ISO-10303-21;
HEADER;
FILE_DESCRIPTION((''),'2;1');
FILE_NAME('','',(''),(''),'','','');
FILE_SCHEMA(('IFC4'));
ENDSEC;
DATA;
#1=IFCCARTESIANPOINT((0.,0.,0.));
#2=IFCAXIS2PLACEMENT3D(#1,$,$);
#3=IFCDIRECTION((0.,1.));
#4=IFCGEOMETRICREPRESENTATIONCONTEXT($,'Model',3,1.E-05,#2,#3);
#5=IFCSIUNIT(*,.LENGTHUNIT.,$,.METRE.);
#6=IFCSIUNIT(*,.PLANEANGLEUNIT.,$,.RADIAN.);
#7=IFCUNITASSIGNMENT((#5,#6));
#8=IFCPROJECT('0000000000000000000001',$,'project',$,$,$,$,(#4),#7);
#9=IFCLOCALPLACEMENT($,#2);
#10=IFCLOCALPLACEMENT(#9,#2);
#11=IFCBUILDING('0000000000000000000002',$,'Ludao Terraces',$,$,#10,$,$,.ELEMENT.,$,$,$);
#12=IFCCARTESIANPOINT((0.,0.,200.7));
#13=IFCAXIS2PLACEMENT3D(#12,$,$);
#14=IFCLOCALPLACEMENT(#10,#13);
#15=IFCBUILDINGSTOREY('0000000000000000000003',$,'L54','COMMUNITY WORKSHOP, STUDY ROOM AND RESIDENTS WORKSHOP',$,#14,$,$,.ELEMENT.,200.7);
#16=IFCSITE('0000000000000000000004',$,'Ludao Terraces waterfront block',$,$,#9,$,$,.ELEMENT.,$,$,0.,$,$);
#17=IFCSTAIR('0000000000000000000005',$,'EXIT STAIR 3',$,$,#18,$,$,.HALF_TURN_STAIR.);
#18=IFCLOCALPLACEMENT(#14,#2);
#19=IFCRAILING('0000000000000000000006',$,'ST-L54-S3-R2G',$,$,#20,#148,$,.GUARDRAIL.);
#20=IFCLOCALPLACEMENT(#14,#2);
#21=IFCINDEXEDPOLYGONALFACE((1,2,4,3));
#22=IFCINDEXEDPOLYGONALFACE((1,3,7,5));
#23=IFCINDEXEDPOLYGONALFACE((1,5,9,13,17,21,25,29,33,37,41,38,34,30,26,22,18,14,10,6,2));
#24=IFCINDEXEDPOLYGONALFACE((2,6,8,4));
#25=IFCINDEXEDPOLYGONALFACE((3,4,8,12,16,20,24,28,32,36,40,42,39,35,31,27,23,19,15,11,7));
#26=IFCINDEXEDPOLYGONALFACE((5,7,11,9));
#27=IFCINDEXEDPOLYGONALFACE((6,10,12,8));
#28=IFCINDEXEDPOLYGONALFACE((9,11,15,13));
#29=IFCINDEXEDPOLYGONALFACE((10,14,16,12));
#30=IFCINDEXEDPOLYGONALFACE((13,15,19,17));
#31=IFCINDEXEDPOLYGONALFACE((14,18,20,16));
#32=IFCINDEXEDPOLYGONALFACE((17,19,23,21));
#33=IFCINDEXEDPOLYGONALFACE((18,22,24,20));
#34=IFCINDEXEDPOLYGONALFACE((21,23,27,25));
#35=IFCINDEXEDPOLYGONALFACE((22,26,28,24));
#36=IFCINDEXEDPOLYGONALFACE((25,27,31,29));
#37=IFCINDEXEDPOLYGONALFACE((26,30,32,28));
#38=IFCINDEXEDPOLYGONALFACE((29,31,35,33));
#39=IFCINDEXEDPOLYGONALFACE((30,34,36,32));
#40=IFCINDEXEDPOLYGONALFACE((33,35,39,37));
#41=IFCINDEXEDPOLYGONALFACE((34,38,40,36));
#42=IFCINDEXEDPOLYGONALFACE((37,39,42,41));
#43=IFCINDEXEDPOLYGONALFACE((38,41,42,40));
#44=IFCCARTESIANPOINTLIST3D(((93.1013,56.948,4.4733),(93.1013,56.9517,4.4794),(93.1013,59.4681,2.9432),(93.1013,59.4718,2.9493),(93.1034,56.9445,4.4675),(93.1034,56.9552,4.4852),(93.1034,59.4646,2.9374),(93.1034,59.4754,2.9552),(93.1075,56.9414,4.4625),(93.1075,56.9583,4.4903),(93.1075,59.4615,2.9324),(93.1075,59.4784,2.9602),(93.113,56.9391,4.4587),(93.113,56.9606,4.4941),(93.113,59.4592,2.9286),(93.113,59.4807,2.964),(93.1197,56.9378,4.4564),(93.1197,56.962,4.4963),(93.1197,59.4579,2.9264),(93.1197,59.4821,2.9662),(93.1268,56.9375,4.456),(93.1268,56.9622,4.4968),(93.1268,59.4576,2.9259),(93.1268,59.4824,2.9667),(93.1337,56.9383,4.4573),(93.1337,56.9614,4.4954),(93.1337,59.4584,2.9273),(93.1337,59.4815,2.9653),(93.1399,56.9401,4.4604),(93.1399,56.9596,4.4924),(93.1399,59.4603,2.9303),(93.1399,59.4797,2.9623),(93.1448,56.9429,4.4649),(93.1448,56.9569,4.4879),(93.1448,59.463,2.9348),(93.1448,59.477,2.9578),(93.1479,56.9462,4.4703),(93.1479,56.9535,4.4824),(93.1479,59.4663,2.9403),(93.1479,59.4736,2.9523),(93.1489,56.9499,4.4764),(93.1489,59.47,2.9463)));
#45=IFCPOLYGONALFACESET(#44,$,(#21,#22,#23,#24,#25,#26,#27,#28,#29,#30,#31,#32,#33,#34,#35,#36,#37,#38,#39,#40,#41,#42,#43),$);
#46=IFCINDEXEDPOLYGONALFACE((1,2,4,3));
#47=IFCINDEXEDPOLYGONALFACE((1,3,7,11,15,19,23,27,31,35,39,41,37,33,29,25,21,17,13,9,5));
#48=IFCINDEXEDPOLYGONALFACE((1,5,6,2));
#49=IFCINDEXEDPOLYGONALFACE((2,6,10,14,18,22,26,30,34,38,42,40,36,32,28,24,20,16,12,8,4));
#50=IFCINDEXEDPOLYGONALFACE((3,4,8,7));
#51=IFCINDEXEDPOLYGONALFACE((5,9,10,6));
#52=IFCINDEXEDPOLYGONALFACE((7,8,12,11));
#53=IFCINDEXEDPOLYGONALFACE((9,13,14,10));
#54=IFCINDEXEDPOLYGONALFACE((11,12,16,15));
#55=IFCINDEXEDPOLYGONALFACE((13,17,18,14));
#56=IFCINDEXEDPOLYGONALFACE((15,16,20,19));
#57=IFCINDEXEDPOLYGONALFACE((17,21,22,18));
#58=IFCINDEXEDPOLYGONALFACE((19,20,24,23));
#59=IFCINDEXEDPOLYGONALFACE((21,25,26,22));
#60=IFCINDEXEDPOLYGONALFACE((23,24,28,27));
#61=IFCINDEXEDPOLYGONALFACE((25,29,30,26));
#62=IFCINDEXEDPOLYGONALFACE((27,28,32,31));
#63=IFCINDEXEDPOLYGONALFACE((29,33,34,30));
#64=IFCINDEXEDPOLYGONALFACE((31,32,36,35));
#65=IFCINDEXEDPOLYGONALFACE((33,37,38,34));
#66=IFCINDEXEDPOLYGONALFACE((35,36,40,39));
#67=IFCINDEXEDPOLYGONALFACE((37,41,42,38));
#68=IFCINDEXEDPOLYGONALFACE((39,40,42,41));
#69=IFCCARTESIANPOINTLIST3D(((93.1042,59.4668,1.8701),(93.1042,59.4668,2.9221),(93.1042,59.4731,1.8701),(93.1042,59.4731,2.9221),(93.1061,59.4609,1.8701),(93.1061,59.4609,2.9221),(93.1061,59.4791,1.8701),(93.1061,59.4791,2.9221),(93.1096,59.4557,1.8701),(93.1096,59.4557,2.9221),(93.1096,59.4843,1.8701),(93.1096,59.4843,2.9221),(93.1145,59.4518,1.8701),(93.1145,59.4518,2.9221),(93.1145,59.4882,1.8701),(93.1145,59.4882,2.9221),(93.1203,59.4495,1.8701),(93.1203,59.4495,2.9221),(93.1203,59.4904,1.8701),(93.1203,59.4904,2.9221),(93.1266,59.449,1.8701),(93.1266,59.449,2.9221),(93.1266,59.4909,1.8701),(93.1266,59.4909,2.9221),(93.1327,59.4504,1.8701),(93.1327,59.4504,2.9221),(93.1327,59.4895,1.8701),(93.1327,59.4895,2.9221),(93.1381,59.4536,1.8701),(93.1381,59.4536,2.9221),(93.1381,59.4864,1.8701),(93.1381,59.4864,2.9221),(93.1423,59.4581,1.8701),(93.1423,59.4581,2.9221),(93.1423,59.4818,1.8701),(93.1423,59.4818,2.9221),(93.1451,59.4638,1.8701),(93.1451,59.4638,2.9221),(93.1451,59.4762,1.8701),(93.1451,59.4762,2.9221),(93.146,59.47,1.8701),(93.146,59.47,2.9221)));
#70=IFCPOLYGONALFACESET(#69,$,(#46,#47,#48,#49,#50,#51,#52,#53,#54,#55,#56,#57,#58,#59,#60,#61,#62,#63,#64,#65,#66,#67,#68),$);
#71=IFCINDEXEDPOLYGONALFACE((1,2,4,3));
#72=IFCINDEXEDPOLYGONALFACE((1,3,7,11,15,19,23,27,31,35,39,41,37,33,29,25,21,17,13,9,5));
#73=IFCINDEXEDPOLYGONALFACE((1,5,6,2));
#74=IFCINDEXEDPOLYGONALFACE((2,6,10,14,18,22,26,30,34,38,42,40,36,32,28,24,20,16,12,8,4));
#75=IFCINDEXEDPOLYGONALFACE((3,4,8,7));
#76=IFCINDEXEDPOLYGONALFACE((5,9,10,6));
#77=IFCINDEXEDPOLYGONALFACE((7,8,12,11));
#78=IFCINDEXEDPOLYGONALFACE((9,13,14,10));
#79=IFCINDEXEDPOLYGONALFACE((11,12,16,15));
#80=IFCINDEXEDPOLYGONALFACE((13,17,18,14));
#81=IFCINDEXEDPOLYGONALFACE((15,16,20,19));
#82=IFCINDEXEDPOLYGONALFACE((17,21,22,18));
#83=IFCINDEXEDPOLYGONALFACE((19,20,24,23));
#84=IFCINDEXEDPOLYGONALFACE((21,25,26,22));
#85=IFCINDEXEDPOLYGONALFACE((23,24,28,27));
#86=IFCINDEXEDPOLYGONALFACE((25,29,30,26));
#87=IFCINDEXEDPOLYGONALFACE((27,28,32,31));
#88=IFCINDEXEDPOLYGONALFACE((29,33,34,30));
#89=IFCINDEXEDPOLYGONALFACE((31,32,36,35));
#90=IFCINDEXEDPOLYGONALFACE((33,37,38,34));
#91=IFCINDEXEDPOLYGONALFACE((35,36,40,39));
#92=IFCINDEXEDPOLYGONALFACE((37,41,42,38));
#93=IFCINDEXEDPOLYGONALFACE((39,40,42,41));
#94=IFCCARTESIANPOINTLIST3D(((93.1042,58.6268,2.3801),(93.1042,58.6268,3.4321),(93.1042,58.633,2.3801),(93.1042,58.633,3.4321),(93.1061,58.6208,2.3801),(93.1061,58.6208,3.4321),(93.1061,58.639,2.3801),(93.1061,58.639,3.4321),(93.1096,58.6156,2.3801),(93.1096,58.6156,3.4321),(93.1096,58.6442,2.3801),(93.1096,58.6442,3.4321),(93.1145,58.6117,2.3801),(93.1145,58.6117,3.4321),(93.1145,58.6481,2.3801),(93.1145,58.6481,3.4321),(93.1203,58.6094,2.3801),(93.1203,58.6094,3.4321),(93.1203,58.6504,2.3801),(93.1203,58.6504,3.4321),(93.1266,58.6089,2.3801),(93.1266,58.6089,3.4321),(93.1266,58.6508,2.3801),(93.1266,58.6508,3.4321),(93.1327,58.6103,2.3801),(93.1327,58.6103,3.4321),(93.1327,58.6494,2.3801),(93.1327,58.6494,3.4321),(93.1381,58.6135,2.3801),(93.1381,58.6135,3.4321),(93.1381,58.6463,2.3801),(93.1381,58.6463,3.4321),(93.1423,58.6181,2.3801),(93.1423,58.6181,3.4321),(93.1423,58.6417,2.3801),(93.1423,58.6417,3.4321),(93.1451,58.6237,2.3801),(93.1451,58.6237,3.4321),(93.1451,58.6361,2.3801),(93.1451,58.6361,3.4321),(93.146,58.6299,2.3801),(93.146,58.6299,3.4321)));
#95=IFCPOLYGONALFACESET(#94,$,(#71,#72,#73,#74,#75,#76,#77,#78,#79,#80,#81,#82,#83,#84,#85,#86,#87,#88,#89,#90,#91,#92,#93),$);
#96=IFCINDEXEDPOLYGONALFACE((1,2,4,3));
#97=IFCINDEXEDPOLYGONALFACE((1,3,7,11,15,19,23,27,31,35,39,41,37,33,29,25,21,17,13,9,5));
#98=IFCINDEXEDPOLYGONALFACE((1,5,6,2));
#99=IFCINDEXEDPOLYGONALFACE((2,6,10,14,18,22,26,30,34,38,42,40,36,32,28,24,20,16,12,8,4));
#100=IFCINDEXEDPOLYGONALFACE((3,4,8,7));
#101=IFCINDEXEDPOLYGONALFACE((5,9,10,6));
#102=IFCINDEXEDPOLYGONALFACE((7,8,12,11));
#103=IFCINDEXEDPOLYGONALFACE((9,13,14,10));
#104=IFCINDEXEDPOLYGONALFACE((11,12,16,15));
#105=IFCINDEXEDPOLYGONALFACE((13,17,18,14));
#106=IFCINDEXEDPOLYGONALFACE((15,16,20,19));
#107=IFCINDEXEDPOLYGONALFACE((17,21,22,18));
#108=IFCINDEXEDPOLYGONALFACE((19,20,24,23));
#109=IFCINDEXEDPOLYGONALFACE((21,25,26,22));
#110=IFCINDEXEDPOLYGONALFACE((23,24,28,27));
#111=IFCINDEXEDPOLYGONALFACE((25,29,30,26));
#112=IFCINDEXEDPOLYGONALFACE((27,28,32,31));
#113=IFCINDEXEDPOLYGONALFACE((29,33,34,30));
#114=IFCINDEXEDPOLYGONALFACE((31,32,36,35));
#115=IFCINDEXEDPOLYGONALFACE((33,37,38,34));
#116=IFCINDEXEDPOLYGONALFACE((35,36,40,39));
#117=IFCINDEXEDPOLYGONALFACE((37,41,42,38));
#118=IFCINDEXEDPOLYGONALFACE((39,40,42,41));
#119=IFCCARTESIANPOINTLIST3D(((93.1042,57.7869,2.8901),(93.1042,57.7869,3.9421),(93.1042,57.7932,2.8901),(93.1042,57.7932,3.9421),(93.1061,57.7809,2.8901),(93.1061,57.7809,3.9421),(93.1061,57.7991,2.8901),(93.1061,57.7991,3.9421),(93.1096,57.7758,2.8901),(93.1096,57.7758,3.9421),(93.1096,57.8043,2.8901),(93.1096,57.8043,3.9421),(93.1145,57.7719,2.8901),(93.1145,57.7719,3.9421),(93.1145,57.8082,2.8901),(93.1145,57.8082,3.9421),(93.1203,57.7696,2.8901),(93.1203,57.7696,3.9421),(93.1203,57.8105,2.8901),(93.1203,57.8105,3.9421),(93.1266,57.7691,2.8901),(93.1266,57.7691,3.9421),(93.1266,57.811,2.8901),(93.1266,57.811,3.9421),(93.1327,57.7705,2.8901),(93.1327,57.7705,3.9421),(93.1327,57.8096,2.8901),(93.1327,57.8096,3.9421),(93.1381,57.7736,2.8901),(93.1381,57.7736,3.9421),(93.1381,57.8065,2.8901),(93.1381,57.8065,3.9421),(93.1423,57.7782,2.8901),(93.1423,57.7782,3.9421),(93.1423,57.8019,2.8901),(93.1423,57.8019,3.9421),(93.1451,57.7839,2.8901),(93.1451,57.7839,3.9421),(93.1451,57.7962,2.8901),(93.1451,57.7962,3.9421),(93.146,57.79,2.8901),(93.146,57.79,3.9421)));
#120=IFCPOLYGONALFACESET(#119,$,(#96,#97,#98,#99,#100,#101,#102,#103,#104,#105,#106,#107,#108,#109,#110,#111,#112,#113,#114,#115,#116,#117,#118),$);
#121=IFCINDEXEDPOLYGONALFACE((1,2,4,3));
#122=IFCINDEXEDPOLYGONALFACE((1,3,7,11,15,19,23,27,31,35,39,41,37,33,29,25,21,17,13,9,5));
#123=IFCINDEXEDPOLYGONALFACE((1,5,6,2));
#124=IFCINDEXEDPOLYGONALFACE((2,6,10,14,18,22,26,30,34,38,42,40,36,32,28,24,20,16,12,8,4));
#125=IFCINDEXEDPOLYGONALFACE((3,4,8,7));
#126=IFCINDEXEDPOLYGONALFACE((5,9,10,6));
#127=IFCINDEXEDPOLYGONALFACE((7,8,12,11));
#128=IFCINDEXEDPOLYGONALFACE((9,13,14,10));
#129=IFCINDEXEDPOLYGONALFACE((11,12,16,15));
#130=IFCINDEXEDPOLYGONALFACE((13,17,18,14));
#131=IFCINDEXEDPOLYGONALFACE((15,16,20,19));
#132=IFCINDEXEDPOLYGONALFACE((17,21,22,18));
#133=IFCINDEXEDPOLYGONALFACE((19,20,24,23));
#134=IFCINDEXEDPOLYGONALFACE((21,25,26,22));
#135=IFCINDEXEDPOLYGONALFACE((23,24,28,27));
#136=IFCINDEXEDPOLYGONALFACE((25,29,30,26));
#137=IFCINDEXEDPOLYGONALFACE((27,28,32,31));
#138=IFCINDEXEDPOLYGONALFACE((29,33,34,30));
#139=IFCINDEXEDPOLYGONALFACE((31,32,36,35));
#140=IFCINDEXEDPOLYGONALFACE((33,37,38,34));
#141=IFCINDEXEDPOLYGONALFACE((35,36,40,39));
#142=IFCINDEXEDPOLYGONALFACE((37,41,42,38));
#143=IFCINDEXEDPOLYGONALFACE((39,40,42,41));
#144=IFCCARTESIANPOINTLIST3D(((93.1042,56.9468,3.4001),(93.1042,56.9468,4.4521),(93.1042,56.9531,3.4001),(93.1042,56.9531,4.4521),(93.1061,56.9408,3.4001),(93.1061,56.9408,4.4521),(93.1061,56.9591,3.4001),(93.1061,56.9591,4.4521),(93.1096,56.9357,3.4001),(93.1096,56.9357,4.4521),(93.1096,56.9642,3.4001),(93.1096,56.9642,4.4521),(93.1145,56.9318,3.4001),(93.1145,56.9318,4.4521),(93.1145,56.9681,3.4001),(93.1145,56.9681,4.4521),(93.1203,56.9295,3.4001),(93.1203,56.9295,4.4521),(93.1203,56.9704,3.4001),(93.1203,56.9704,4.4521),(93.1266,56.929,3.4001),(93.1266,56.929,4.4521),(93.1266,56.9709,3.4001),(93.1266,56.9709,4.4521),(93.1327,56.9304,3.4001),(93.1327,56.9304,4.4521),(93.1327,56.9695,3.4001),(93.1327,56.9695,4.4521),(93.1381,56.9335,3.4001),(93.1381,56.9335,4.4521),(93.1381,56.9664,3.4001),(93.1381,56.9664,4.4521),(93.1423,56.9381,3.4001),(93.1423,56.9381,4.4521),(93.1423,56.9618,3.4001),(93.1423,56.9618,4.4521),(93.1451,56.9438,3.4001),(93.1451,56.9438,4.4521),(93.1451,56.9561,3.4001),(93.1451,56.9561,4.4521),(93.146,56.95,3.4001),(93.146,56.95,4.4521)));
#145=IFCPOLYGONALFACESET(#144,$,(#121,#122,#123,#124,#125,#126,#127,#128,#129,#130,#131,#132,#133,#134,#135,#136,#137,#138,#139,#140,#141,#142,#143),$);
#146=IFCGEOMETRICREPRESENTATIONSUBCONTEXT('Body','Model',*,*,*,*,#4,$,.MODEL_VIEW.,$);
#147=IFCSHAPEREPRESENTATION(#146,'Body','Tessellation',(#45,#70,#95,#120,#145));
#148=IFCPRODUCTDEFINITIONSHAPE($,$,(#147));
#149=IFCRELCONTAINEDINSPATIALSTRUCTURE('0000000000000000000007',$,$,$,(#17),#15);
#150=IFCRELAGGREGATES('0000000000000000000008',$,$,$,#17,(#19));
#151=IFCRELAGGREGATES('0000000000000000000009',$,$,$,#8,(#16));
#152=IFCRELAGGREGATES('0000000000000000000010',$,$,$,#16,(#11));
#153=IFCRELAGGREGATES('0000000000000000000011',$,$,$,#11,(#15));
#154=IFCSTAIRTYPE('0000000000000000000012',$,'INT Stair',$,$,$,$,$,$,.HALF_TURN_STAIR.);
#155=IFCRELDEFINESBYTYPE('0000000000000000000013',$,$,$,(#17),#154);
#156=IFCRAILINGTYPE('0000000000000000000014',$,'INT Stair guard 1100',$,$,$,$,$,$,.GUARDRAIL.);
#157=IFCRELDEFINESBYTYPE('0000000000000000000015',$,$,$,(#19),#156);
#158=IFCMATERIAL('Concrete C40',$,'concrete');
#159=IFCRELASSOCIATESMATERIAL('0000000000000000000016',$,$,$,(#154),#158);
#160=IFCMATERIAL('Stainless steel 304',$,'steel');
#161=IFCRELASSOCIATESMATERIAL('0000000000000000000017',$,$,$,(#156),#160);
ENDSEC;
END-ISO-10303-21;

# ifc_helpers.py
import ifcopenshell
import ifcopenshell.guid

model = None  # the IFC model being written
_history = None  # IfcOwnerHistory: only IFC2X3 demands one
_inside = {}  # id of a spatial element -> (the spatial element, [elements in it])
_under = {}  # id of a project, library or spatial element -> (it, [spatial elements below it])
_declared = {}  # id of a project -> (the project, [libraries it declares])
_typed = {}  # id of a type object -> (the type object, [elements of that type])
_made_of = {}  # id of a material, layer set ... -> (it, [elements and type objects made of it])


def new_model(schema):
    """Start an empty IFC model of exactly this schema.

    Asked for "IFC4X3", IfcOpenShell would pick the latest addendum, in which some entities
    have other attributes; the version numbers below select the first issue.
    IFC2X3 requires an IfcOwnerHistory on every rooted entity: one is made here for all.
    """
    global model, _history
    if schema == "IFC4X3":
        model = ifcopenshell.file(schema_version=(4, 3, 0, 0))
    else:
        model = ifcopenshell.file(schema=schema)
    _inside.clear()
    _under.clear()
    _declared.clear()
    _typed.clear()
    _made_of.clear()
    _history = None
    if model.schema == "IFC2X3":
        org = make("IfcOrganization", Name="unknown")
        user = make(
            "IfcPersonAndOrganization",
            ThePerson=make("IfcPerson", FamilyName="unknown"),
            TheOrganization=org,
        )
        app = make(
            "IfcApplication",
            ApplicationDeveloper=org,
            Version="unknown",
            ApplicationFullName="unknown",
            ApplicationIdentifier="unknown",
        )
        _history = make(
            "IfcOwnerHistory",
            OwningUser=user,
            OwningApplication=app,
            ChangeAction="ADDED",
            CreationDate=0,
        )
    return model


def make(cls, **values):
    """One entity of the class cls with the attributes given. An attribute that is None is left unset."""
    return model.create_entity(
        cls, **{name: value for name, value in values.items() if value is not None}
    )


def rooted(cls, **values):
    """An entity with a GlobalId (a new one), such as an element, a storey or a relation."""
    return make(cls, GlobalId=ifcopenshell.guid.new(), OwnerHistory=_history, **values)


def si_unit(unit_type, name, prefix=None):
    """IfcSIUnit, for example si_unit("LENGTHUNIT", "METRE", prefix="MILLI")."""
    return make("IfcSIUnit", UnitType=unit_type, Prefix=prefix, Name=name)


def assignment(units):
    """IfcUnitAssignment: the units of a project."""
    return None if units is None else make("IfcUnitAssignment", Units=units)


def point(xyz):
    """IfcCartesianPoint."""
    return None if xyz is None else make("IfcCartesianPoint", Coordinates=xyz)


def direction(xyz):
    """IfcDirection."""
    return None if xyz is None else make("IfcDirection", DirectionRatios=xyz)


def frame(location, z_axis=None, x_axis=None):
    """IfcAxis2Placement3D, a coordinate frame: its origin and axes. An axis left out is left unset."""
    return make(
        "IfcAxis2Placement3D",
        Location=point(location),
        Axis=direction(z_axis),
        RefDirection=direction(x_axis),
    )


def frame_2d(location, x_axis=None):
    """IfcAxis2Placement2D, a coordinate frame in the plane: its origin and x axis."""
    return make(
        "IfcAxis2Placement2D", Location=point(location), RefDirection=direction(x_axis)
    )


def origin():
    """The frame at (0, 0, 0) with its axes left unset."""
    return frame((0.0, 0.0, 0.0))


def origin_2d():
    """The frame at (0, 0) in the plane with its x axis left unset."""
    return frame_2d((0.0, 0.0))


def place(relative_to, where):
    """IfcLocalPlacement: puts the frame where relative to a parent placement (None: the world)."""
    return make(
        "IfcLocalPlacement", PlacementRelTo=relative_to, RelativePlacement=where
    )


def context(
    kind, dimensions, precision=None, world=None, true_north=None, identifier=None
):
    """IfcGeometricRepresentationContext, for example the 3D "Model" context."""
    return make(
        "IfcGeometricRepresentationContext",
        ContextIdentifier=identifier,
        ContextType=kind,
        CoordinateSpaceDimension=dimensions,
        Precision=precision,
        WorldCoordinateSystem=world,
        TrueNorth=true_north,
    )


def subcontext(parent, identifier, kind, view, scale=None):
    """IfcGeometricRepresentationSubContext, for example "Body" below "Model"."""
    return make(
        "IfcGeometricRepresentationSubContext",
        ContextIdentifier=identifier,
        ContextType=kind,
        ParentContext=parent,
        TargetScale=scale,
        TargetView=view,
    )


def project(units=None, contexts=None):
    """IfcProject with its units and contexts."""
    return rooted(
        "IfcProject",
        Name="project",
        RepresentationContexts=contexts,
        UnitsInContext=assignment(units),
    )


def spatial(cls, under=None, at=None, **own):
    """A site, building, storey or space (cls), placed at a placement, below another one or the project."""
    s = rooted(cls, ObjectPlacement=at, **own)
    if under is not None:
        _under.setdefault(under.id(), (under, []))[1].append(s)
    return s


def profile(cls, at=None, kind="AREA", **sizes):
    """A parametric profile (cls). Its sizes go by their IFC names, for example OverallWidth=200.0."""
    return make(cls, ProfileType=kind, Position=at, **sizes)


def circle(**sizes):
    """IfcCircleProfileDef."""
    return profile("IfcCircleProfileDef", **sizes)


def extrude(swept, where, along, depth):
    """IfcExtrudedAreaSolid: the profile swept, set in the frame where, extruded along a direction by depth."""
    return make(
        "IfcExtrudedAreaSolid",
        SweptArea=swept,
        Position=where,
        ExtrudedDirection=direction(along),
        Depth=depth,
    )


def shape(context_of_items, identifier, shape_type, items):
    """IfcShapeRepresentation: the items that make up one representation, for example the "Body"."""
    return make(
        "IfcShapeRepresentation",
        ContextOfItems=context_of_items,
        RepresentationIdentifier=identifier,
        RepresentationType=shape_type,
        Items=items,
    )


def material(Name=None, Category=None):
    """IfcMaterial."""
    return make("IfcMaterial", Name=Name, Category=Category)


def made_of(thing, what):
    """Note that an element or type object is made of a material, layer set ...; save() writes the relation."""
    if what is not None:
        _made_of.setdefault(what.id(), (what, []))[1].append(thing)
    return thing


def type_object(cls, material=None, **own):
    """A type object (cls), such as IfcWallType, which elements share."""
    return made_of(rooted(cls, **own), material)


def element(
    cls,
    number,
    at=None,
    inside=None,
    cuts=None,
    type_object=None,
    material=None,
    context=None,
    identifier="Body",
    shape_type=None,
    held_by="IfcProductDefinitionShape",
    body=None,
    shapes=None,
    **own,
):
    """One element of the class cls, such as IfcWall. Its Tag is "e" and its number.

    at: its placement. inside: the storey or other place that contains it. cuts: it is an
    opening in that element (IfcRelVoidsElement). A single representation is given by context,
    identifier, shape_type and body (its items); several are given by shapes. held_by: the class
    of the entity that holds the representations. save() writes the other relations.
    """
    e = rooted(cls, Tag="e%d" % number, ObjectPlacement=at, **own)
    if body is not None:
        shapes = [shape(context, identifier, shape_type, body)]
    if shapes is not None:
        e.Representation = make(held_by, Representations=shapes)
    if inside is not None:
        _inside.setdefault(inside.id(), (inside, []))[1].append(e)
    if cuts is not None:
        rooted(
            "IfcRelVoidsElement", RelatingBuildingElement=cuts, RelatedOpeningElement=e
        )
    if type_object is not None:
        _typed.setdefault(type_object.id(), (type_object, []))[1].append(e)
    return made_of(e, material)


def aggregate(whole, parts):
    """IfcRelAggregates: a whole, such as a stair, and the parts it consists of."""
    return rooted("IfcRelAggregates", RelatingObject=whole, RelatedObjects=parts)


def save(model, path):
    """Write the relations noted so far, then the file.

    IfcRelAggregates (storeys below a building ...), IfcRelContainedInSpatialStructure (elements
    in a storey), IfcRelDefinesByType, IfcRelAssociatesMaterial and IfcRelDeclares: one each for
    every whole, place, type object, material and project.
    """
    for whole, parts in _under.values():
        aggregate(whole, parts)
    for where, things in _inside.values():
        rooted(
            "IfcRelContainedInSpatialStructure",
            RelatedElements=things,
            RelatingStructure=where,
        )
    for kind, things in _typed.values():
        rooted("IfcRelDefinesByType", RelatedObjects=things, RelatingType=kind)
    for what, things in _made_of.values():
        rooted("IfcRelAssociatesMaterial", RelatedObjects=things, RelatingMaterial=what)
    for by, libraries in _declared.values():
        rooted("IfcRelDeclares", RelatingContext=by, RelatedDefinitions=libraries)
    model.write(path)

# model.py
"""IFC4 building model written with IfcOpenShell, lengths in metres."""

from ifc_helpers import new_model, si_unit, direction, frame, origin, origin_2d, place, context, subcontext, project, spatial, circle, extrude, material, type_object, element, aggregate, save


model = new_model("IFC4")

# Units and contexts
model_context = context("Model", 3, precision=1e-05, world=origin(), true_north=direction((0.0, 1.0)))
body_context = subcontext(model_context, "Body", "Model", "MODEL_VIEW")
ifc_project = project(units=[si_unit("LENGTHUNIT", "METRE"), si_unit("PLANEANGLEUNIT", "RADIAN")], contexts=[model_context])

# Site, building, storey
site_placement = place(None, origin())
site = spatial("IfcSite", under=ifc_project, at=site_placement, Name="Ludao Terraces waterfront block", CompositionType="ELEMENT", RefElevation=0.0)
building_placement = place(site_placement, origin())
building = spatial("IfcBuilding", under=site, at=building_placement, Name="Ludao Terraces", CompositionType="ELEMENT")
storey_placement = place(building_placement, frame((0.0, 0.0, 200.7)))
storey = spatial("IfcBuildingStorey", under=building, at=storey_placement, Name="L54", Description="COMMUNITY WORKSHOP, STUDY ROOM AND RESIDENTS WORKSHOP", CompositionType="ELEMENT", Elevation=200.7)

# Shared definitions
ifc_material_1 = material(Name="Concrete C40", Category="concrete")

# Stair, railing
stair_type = type_object("IfcStairType", Name="INT Stair", PredefinedType="HALF_TURN_STAIR", material=ifc_material_1)
stair_placement = place(storey_placement, origin())
stair = element("IfcStair", 1, at=stair_placement, inside=storey, type_object=stair_type, Name="EXIT STAIR 3", PredefinedType="HALF_TURN_STAIR")
ifc_material_2 = material(Name="Stainless steel 304", Category="steel")
railing_type_1 = type_object("IfcRailingType", Name="INT Stair guard 1100", PredefinedType="GUARDRAIL", material=ifc_material_2)
railing_1_placement = place(storey_placement, frame((93.125, 59.47, 1.8701)))
railing_1 = element("IfcRailing", 2, at=railing_1_placement, type_object=railing_type_1, Name="ST-L54-S3-R2G", PredefinedType="GUARDRAIL", context=body_context, shape_type="SweptSolid", body=[
    extrude(circle(Radius=0.0239, at=origin_2d()), frame((0.0, 0.0, 1.0762), z_axis=(0.0, -0.854785, 0.518982), x_axis=(1.0, 0.0, 0.0)), (0.0, 0.0, 1.0), 2.9482),
    extrude(circle(Radius=0.021, at=origin_2d()), origin(), (0.0, 0.0, 1.0), 1.052),
    extrude(circle(Radius=0.021, at=origin_2d()), frame((0.0, -0.8401, 0.51)), (0.0, 0.0, 1.0), 1.052),
    extrude(circle(Radius=0.021, at=origin_2d()), frame((0.0, -1.6799, 1.02)), (0.0, 0.0, 1.0), 1.052),
    extrude(circle(Radius=0.021, at=origin_2d()), frame((0.0, -2.52, 1.53)), (0.0, 0.0, 1.0), 1.052),
])
aggregate(stair, [railing_1])

save(model, "model.ifc")
